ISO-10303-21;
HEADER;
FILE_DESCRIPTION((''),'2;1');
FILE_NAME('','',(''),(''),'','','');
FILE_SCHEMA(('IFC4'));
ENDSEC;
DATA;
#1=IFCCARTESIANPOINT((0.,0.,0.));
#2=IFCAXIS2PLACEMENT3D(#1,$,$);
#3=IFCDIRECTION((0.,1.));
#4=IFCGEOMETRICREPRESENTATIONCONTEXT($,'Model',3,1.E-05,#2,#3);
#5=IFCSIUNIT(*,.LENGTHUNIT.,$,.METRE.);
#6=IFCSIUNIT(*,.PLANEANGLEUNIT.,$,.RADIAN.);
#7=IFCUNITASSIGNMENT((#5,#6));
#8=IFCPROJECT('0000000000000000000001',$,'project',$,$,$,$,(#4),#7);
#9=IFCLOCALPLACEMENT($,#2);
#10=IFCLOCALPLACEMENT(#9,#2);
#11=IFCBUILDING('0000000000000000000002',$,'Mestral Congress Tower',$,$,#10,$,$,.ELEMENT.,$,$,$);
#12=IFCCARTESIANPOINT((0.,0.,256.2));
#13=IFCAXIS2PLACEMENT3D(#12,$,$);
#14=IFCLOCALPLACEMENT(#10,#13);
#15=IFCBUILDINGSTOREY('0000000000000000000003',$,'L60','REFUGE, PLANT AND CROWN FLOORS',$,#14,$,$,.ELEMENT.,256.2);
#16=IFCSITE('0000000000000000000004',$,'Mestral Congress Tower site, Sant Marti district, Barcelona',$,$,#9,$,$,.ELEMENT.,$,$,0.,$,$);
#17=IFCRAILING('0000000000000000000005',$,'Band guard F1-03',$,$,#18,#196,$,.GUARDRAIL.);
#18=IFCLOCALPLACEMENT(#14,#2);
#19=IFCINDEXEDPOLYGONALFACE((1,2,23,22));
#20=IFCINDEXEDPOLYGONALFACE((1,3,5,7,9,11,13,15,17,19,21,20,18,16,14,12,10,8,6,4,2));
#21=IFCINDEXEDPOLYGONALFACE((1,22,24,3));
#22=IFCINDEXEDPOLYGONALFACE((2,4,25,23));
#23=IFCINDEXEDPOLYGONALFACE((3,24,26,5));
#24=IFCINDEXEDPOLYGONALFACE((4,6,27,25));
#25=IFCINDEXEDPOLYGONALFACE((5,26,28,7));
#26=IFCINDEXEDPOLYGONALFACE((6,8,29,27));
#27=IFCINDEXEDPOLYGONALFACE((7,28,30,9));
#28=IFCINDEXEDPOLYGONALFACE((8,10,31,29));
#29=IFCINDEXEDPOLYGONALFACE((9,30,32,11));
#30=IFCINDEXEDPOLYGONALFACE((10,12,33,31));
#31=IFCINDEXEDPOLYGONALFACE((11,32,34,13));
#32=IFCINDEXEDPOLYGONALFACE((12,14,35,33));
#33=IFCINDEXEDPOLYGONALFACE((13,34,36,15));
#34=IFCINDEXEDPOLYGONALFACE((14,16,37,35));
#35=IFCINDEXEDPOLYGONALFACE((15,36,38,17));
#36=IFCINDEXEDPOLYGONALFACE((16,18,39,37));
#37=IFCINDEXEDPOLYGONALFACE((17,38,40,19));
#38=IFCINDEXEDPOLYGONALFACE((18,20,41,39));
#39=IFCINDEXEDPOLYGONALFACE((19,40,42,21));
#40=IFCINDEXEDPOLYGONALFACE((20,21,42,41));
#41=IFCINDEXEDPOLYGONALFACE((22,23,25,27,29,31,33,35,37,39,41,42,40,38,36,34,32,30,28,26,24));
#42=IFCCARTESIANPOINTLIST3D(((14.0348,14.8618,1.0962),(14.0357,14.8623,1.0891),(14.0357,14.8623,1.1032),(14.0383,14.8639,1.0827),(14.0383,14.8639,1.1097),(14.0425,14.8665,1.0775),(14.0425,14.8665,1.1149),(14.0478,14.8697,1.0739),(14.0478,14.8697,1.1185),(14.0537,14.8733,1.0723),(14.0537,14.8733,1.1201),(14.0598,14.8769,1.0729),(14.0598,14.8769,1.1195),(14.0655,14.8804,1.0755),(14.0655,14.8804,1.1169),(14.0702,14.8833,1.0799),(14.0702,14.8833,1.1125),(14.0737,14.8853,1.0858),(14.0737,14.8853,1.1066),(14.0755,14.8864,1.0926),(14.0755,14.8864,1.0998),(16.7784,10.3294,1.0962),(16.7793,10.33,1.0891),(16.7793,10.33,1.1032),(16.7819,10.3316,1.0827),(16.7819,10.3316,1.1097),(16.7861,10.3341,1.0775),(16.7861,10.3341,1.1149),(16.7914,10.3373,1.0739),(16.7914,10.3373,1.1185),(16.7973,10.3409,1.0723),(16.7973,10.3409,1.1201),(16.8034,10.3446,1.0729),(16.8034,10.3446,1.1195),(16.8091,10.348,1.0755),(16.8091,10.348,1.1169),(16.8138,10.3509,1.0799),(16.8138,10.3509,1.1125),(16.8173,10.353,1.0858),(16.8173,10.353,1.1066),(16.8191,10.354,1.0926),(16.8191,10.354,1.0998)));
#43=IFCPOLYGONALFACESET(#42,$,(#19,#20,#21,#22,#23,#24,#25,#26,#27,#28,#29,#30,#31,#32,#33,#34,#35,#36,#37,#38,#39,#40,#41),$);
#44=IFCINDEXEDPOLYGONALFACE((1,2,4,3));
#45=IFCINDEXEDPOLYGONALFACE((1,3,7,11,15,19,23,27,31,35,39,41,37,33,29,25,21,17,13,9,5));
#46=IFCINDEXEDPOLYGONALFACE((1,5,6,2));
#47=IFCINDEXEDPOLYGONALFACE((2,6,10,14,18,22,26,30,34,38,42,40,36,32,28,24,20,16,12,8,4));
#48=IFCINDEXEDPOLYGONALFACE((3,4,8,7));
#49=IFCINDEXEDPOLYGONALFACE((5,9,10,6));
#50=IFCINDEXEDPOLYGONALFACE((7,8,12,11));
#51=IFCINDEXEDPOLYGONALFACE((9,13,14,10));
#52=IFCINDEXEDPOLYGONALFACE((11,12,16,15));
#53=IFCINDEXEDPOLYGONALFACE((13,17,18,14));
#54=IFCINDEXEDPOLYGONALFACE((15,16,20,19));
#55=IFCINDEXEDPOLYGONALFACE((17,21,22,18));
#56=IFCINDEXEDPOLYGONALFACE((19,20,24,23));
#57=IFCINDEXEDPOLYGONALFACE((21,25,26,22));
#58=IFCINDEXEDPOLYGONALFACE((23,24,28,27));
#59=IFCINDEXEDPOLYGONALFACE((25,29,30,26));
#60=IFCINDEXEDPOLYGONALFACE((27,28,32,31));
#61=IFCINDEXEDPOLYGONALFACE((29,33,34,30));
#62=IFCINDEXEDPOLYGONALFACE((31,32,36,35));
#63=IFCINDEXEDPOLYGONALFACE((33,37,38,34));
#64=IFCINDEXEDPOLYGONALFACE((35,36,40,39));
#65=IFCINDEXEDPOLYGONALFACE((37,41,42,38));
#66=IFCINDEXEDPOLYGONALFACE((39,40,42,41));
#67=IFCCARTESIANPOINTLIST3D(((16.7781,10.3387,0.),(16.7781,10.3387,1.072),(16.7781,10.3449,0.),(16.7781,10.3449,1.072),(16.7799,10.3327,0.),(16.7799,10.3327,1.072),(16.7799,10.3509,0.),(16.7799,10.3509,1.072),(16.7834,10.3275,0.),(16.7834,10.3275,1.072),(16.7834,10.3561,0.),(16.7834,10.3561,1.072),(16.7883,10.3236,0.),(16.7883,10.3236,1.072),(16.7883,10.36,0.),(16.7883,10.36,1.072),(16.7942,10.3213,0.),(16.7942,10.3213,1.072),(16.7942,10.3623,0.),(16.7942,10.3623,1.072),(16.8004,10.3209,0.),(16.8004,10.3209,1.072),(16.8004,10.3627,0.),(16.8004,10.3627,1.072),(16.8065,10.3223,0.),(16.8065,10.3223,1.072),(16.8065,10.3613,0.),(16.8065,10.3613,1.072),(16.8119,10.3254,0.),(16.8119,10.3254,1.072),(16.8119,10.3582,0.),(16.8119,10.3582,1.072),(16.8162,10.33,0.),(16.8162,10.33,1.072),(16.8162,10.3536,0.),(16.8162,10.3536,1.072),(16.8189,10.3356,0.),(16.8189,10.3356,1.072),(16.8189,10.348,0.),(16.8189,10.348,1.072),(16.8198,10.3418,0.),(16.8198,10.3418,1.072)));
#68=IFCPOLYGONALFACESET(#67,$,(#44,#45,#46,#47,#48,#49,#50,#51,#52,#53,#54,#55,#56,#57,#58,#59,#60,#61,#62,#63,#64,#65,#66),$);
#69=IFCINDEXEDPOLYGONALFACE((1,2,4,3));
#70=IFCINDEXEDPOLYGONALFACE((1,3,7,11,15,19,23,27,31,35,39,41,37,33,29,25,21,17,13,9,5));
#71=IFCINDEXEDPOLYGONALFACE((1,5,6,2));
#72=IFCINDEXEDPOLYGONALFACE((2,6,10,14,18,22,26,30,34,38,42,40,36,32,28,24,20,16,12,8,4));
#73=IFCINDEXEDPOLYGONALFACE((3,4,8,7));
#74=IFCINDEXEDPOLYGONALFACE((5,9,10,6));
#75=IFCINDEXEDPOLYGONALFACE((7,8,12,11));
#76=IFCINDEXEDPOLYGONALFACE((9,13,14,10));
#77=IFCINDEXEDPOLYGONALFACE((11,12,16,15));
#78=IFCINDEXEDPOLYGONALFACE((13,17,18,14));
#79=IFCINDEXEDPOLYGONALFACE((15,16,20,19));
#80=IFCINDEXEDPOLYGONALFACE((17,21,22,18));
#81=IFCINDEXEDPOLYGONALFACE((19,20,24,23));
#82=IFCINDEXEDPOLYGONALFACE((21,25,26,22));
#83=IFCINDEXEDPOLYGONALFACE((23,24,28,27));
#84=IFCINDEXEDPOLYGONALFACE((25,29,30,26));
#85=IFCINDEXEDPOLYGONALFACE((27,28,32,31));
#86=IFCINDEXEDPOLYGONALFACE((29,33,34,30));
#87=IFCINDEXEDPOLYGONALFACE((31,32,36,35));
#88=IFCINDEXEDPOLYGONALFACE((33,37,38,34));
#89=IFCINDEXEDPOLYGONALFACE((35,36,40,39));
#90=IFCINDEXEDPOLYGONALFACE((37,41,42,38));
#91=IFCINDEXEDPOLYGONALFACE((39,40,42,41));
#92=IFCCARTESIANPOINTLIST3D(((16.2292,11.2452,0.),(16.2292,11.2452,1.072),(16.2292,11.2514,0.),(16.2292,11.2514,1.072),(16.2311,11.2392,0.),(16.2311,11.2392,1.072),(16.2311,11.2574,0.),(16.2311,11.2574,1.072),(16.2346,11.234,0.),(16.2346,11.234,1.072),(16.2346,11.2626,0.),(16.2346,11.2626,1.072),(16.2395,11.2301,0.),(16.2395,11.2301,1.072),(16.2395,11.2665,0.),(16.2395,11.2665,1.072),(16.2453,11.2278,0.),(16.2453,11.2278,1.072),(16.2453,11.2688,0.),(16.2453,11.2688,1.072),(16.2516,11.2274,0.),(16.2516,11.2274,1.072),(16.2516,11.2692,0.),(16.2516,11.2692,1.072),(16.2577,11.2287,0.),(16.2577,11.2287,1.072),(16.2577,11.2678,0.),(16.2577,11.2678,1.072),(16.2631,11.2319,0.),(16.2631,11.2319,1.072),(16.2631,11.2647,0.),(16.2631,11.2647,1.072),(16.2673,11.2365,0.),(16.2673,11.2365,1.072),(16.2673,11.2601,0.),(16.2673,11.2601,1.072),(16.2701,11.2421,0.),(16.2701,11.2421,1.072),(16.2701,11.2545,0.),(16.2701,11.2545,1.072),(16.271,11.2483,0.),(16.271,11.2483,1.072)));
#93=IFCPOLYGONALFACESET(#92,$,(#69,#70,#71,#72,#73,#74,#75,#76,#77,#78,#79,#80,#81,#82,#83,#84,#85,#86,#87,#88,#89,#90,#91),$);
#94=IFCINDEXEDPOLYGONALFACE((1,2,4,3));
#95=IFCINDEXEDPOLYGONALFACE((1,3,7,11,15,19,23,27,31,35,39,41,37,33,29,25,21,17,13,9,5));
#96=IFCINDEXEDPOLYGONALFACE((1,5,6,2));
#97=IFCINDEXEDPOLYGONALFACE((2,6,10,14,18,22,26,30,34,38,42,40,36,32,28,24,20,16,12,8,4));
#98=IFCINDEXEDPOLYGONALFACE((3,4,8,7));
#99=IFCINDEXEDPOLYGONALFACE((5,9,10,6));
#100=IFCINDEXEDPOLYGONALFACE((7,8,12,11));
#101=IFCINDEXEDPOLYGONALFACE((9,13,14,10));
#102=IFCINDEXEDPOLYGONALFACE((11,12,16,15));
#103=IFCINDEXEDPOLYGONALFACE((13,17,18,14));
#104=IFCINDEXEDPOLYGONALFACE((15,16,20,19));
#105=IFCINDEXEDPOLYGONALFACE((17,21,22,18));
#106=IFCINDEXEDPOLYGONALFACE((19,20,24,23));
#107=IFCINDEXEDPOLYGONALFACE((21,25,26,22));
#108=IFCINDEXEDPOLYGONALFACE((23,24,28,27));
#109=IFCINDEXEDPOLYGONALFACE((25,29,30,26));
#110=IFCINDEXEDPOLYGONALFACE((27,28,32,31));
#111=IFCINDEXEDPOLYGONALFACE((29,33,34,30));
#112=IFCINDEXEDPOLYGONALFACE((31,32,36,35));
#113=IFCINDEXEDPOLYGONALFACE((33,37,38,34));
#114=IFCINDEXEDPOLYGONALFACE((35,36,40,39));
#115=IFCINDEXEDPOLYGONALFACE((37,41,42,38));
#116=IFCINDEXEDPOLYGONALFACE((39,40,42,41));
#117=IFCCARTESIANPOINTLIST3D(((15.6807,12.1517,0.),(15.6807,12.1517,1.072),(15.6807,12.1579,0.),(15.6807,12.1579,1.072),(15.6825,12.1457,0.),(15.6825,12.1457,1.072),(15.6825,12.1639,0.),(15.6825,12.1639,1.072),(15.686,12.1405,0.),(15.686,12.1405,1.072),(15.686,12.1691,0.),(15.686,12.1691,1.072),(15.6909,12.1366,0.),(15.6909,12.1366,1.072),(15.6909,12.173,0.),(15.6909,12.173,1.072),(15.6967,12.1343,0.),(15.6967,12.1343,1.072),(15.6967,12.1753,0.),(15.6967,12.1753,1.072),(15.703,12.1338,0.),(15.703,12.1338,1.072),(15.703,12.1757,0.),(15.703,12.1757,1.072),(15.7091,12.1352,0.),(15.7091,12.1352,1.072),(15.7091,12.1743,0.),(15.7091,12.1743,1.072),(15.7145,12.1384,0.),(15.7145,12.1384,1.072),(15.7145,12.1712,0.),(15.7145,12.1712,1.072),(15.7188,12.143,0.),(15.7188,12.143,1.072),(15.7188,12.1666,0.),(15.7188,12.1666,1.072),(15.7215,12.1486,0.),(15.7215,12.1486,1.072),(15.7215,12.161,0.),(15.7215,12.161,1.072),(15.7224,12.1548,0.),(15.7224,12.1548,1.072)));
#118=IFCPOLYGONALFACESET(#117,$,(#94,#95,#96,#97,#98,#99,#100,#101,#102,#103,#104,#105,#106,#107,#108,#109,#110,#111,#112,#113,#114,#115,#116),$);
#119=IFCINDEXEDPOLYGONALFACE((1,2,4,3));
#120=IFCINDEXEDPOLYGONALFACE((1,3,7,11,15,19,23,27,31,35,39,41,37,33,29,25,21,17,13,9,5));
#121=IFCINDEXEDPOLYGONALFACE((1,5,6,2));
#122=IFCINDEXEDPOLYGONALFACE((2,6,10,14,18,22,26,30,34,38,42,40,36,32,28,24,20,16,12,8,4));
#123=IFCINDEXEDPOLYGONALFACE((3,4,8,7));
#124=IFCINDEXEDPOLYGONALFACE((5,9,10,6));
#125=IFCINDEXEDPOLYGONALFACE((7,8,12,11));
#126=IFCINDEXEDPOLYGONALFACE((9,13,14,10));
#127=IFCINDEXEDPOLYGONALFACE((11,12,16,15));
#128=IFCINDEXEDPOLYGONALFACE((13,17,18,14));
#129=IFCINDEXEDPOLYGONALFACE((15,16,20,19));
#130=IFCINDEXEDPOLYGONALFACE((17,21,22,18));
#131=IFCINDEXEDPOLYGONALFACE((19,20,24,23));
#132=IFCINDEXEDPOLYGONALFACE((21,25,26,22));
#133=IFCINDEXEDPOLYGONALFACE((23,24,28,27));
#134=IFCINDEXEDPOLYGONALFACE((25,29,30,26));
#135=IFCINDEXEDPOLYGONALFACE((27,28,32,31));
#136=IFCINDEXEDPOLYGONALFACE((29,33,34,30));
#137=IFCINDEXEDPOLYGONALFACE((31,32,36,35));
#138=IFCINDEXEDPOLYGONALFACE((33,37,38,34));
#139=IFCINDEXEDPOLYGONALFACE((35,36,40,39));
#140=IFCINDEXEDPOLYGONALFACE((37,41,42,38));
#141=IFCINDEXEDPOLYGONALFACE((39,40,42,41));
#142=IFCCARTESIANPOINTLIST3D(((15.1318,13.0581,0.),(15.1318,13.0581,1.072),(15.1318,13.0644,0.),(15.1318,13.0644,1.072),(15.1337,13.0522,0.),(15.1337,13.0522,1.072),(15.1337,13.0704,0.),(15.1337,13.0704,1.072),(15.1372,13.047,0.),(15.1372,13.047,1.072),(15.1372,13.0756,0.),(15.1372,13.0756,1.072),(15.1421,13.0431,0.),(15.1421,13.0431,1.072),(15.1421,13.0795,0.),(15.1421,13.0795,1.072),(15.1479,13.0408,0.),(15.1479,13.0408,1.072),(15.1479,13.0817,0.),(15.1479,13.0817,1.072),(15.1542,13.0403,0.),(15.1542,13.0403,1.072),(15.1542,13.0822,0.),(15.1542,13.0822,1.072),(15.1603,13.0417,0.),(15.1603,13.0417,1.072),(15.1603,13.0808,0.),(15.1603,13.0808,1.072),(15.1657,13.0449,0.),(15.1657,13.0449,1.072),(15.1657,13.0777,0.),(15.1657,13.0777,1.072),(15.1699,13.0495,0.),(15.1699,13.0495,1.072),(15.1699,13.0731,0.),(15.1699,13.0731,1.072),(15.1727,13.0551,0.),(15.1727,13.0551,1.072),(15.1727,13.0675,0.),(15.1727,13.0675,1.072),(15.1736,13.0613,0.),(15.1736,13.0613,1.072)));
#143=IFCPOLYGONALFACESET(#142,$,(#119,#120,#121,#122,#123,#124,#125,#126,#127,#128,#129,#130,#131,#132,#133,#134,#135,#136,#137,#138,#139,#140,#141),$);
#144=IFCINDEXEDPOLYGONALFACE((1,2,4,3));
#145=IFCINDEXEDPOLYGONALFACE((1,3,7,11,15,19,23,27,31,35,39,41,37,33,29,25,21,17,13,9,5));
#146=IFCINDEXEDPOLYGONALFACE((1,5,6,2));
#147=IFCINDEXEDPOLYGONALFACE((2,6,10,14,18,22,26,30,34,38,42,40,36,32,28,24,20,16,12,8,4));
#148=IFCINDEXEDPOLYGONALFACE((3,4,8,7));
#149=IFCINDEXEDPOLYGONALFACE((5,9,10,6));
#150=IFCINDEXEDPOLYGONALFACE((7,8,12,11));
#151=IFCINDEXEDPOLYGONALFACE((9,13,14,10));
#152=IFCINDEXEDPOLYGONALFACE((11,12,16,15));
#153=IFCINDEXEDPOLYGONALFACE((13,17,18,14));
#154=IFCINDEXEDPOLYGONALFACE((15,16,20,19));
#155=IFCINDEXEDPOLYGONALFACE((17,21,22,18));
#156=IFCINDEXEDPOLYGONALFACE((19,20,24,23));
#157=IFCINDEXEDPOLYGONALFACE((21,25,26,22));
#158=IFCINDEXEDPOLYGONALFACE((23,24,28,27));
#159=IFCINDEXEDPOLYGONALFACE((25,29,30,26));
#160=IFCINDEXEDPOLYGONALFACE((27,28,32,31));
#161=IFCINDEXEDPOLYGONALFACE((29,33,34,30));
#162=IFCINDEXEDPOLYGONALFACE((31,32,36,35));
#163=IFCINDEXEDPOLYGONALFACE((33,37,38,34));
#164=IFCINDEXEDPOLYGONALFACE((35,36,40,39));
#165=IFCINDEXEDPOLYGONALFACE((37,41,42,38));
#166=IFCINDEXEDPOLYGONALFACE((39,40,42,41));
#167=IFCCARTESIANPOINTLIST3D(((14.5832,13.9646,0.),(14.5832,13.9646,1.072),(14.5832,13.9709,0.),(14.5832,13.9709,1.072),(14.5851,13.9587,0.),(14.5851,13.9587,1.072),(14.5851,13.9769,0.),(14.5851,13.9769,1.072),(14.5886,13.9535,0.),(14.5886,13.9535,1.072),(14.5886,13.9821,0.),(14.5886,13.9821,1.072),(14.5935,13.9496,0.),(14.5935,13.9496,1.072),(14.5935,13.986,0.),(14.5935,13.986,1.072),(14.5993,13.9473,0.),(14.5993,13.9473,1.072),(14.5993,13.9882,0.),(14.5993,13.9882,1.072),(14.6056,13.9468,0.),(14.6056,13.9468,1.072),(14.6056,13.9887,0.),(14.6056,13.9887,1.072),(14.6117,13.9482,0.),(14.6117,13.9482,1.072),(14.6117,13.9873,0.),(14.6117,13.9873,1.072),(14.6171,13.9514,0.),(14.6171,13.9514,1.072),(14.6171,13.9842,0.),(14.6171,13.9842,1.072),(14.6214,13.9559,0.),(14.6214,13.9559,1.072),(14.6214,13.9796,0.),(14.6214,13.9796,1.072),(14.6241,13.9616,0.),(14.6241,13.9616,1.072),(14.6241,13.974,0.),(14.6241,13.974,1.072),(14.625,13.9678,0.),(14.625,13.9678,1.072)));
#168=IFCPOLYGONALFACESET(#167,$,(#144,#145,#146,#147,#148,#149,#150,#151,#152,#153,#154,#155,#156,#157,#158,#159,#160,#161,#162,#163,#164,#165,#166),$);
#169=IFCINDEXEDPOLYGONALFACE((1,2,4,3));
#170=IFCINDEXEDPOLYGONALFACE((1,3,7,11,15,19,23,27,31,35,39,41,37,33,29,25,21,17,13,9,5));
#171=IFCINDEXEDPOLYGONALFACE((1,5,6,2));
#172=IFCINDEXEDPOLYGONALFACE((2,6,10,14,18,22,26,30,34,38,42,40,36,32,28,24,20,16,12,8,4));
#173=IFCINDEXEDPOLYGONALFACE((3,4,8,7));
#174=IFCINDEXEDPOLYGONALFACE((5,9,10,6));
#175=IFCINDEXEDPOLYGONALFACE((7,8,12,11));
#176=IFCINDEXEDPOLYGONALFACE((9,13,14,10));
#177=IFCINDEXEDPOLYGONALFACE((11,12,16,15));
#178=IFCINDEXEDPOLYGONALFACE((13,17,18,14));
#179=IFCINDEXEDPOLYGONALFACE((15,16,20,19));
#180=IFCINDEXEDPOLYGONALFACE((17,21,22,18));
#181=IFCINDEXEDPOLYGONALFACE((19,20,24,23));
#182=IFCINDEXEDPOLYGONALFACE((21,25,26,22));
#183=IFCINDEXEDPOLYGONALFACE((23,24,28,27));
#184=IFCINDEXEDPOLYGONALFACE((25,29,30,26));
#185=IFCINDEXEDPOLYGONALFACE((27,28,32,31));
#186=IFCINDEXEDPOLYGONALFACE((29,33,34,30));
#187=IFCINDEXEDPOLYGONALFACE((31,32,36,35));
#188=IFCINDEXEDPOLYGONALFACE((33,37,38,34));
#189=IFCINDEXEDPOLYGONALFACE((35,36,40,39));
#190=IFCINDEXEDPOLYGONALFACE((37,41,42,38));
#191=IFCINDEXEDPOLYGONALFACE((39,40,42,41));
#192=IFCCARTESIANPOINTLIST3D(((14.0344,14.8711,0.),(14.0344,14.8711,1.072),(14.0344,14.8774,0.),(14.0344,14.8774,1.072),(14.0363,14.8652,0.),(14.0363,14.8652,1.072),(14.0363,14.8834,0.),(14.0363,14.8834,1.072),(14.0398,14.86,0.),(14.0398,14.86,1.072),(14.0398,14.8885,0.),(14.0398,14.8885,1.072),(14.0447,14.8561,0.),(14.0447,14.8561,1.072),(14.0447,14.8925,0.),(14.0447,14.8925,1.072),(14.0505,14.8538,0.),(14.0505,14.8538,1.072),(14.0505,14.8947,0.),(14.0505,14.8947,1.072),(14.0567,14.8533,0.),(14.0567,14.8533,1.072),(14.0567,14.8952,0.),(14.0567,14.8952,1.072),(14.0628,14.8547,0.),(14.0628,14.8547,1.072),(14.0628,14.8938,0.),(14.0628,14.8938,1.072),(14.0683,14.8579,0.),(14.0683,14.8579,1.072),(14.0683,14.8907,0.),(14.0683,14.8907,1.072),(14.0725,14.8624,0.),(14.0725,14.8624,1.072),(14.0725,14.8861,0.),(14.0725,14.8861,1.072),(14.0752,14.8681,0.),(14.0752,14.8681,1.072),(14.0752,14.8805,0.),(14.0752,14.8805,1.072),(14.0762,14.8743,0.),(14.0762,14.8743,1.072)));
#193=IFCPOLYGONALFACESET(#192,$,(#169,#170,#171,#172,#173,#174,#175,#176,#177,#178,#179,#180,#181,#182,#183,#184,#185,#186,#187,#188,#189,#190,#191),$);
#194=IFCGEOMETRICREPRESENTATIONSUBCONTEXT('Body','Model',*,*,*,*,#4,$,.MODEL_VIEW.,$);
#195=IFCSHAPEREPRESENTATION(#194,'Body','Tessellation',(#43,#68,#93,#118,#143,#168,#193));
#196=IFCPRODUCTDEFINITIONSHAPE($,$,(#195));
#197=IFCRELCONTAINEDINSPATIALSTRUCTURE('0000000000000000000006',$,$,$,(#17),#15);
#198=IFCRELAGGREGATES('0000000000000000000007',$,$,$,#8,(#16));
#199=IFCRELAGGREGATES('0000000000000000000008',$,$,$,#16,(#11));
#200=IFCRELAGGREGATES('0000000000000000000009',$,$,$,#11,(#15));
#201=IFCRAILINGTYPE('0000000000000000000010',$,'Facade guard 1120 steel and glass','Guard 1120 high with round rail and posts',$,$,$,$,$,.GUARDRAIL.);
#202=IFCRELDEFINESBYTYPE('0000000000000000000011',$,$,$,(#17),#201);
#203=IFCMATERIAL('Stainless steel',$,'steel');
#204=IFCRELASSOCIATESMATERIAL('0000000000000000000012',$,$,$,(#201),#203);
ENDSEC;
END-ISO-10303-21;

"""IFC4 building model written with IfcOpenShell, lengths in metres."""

from ifc_helpers import new_model, si_unit, direction, frame, origin, origin_2d, place, context, subcontext, project, spatial, circle, extrude, material, type_object, element, save


model = new_model("IFC4")

# Units and contexts
model_context = context("Model", 3, precision=1e-05, world=origin(), true_north=direction((0.0, 1.0)))
body_context = subcontext(model_context, "Body", "Model", "MODEL_VIEW")
ifc_project = project(units=[si_unit("LENGTHUNIT", "METRE"), si_unit("PLANEANGLEUNIT", "RADIAN")], contexts=[model_context])

# Site, building, storey
site_placement = place(None, origin())
site = spatial("IfcSite", under=ifc_project, at=site_placement, Name="Mestral Congress Tower site, Sant Marti district, Barcelona", CompositionType="ELEMENT", RefElevation=0.0)
building_placement = place(site_placement, origin())
building = spatial("IfcBuilding", under=site, at=building_placement, Name="Mestral Congress Tower", CompositionType="ELEMENT")
storey_placement = place(building_placement, frame((0.0, 0.0, 256.2)))
storey = spatial("IfcBuildingStorey", under=building, at=storey_placement, Name="L60", Description="REFUGE, PLANT AND CROWN FLOORS", CompositionType="ELEMENT", Elevation=256.2)

# Railing
ifc_material_1 = material(Name="Stainless steel", Category="steel")
railing_type = type_object("IfcRailingType", Name="Facade guard 1120 steel and glass", Description="Guard 1120 high with round rail and posts", PredefinedType="GUARDRAIL", material=ifc_material_1)
railing_placement = place(storey_placement, frame((16.7988, 10.3418, 0.0)))
element("IfcRailing", 1, at=railing_placement, inside=storey, type_object=railing_type, Name="Band guard F1-03", PredefinedType="GUARDRAIL", context=body_context, shape_type="SweptSolid", body=[
    extrude(circle(Radius=0.0239, at=origin_2d()), frame((0.0, 0.0, 1.0962), z_axis=(-0.517846, 0.855474, 0.0), x_axis=(-0.855474, -0.517846, 0.0)), (0.0, 0.0, 1.0), 5.2981),
    extrude(circle(Radius=0.021, at=origin_2d()), origin(), (0.0, 0.0, 1.0), 1.072),
    extrude(circle(Radius=0.021, at=origin_2d()), frame((-0.5488, 0.9065, 0.0)), (0.0, 0.0, 1.0), 1.072),
    extrude(circle(Radius=0.021, at=origin_2d()), frame((-1.0974, 1.813, 0.0)), (0.0, 0.0, 1.0), 1.072),
    extrude(circle(Radius=0.021, at=origin_2d()), frame((-1.6462, 2.7195, 0.0)), (0.0, 0.0, 1.0), 1.072),
    extrude(circle(Radius=0.021, at=origin_2d()), frame((-2.1948, 3.626, 0.0)), (0.0, 0.0, 1.0), 1.072),
    extrude(circle(Radius=0.021, at=origin_2d()), frame((-2.7437, 4.5325, 0.0)), (0.0, 0.0, 1.0), 1.072),
])

save(model, "model.ifc")
